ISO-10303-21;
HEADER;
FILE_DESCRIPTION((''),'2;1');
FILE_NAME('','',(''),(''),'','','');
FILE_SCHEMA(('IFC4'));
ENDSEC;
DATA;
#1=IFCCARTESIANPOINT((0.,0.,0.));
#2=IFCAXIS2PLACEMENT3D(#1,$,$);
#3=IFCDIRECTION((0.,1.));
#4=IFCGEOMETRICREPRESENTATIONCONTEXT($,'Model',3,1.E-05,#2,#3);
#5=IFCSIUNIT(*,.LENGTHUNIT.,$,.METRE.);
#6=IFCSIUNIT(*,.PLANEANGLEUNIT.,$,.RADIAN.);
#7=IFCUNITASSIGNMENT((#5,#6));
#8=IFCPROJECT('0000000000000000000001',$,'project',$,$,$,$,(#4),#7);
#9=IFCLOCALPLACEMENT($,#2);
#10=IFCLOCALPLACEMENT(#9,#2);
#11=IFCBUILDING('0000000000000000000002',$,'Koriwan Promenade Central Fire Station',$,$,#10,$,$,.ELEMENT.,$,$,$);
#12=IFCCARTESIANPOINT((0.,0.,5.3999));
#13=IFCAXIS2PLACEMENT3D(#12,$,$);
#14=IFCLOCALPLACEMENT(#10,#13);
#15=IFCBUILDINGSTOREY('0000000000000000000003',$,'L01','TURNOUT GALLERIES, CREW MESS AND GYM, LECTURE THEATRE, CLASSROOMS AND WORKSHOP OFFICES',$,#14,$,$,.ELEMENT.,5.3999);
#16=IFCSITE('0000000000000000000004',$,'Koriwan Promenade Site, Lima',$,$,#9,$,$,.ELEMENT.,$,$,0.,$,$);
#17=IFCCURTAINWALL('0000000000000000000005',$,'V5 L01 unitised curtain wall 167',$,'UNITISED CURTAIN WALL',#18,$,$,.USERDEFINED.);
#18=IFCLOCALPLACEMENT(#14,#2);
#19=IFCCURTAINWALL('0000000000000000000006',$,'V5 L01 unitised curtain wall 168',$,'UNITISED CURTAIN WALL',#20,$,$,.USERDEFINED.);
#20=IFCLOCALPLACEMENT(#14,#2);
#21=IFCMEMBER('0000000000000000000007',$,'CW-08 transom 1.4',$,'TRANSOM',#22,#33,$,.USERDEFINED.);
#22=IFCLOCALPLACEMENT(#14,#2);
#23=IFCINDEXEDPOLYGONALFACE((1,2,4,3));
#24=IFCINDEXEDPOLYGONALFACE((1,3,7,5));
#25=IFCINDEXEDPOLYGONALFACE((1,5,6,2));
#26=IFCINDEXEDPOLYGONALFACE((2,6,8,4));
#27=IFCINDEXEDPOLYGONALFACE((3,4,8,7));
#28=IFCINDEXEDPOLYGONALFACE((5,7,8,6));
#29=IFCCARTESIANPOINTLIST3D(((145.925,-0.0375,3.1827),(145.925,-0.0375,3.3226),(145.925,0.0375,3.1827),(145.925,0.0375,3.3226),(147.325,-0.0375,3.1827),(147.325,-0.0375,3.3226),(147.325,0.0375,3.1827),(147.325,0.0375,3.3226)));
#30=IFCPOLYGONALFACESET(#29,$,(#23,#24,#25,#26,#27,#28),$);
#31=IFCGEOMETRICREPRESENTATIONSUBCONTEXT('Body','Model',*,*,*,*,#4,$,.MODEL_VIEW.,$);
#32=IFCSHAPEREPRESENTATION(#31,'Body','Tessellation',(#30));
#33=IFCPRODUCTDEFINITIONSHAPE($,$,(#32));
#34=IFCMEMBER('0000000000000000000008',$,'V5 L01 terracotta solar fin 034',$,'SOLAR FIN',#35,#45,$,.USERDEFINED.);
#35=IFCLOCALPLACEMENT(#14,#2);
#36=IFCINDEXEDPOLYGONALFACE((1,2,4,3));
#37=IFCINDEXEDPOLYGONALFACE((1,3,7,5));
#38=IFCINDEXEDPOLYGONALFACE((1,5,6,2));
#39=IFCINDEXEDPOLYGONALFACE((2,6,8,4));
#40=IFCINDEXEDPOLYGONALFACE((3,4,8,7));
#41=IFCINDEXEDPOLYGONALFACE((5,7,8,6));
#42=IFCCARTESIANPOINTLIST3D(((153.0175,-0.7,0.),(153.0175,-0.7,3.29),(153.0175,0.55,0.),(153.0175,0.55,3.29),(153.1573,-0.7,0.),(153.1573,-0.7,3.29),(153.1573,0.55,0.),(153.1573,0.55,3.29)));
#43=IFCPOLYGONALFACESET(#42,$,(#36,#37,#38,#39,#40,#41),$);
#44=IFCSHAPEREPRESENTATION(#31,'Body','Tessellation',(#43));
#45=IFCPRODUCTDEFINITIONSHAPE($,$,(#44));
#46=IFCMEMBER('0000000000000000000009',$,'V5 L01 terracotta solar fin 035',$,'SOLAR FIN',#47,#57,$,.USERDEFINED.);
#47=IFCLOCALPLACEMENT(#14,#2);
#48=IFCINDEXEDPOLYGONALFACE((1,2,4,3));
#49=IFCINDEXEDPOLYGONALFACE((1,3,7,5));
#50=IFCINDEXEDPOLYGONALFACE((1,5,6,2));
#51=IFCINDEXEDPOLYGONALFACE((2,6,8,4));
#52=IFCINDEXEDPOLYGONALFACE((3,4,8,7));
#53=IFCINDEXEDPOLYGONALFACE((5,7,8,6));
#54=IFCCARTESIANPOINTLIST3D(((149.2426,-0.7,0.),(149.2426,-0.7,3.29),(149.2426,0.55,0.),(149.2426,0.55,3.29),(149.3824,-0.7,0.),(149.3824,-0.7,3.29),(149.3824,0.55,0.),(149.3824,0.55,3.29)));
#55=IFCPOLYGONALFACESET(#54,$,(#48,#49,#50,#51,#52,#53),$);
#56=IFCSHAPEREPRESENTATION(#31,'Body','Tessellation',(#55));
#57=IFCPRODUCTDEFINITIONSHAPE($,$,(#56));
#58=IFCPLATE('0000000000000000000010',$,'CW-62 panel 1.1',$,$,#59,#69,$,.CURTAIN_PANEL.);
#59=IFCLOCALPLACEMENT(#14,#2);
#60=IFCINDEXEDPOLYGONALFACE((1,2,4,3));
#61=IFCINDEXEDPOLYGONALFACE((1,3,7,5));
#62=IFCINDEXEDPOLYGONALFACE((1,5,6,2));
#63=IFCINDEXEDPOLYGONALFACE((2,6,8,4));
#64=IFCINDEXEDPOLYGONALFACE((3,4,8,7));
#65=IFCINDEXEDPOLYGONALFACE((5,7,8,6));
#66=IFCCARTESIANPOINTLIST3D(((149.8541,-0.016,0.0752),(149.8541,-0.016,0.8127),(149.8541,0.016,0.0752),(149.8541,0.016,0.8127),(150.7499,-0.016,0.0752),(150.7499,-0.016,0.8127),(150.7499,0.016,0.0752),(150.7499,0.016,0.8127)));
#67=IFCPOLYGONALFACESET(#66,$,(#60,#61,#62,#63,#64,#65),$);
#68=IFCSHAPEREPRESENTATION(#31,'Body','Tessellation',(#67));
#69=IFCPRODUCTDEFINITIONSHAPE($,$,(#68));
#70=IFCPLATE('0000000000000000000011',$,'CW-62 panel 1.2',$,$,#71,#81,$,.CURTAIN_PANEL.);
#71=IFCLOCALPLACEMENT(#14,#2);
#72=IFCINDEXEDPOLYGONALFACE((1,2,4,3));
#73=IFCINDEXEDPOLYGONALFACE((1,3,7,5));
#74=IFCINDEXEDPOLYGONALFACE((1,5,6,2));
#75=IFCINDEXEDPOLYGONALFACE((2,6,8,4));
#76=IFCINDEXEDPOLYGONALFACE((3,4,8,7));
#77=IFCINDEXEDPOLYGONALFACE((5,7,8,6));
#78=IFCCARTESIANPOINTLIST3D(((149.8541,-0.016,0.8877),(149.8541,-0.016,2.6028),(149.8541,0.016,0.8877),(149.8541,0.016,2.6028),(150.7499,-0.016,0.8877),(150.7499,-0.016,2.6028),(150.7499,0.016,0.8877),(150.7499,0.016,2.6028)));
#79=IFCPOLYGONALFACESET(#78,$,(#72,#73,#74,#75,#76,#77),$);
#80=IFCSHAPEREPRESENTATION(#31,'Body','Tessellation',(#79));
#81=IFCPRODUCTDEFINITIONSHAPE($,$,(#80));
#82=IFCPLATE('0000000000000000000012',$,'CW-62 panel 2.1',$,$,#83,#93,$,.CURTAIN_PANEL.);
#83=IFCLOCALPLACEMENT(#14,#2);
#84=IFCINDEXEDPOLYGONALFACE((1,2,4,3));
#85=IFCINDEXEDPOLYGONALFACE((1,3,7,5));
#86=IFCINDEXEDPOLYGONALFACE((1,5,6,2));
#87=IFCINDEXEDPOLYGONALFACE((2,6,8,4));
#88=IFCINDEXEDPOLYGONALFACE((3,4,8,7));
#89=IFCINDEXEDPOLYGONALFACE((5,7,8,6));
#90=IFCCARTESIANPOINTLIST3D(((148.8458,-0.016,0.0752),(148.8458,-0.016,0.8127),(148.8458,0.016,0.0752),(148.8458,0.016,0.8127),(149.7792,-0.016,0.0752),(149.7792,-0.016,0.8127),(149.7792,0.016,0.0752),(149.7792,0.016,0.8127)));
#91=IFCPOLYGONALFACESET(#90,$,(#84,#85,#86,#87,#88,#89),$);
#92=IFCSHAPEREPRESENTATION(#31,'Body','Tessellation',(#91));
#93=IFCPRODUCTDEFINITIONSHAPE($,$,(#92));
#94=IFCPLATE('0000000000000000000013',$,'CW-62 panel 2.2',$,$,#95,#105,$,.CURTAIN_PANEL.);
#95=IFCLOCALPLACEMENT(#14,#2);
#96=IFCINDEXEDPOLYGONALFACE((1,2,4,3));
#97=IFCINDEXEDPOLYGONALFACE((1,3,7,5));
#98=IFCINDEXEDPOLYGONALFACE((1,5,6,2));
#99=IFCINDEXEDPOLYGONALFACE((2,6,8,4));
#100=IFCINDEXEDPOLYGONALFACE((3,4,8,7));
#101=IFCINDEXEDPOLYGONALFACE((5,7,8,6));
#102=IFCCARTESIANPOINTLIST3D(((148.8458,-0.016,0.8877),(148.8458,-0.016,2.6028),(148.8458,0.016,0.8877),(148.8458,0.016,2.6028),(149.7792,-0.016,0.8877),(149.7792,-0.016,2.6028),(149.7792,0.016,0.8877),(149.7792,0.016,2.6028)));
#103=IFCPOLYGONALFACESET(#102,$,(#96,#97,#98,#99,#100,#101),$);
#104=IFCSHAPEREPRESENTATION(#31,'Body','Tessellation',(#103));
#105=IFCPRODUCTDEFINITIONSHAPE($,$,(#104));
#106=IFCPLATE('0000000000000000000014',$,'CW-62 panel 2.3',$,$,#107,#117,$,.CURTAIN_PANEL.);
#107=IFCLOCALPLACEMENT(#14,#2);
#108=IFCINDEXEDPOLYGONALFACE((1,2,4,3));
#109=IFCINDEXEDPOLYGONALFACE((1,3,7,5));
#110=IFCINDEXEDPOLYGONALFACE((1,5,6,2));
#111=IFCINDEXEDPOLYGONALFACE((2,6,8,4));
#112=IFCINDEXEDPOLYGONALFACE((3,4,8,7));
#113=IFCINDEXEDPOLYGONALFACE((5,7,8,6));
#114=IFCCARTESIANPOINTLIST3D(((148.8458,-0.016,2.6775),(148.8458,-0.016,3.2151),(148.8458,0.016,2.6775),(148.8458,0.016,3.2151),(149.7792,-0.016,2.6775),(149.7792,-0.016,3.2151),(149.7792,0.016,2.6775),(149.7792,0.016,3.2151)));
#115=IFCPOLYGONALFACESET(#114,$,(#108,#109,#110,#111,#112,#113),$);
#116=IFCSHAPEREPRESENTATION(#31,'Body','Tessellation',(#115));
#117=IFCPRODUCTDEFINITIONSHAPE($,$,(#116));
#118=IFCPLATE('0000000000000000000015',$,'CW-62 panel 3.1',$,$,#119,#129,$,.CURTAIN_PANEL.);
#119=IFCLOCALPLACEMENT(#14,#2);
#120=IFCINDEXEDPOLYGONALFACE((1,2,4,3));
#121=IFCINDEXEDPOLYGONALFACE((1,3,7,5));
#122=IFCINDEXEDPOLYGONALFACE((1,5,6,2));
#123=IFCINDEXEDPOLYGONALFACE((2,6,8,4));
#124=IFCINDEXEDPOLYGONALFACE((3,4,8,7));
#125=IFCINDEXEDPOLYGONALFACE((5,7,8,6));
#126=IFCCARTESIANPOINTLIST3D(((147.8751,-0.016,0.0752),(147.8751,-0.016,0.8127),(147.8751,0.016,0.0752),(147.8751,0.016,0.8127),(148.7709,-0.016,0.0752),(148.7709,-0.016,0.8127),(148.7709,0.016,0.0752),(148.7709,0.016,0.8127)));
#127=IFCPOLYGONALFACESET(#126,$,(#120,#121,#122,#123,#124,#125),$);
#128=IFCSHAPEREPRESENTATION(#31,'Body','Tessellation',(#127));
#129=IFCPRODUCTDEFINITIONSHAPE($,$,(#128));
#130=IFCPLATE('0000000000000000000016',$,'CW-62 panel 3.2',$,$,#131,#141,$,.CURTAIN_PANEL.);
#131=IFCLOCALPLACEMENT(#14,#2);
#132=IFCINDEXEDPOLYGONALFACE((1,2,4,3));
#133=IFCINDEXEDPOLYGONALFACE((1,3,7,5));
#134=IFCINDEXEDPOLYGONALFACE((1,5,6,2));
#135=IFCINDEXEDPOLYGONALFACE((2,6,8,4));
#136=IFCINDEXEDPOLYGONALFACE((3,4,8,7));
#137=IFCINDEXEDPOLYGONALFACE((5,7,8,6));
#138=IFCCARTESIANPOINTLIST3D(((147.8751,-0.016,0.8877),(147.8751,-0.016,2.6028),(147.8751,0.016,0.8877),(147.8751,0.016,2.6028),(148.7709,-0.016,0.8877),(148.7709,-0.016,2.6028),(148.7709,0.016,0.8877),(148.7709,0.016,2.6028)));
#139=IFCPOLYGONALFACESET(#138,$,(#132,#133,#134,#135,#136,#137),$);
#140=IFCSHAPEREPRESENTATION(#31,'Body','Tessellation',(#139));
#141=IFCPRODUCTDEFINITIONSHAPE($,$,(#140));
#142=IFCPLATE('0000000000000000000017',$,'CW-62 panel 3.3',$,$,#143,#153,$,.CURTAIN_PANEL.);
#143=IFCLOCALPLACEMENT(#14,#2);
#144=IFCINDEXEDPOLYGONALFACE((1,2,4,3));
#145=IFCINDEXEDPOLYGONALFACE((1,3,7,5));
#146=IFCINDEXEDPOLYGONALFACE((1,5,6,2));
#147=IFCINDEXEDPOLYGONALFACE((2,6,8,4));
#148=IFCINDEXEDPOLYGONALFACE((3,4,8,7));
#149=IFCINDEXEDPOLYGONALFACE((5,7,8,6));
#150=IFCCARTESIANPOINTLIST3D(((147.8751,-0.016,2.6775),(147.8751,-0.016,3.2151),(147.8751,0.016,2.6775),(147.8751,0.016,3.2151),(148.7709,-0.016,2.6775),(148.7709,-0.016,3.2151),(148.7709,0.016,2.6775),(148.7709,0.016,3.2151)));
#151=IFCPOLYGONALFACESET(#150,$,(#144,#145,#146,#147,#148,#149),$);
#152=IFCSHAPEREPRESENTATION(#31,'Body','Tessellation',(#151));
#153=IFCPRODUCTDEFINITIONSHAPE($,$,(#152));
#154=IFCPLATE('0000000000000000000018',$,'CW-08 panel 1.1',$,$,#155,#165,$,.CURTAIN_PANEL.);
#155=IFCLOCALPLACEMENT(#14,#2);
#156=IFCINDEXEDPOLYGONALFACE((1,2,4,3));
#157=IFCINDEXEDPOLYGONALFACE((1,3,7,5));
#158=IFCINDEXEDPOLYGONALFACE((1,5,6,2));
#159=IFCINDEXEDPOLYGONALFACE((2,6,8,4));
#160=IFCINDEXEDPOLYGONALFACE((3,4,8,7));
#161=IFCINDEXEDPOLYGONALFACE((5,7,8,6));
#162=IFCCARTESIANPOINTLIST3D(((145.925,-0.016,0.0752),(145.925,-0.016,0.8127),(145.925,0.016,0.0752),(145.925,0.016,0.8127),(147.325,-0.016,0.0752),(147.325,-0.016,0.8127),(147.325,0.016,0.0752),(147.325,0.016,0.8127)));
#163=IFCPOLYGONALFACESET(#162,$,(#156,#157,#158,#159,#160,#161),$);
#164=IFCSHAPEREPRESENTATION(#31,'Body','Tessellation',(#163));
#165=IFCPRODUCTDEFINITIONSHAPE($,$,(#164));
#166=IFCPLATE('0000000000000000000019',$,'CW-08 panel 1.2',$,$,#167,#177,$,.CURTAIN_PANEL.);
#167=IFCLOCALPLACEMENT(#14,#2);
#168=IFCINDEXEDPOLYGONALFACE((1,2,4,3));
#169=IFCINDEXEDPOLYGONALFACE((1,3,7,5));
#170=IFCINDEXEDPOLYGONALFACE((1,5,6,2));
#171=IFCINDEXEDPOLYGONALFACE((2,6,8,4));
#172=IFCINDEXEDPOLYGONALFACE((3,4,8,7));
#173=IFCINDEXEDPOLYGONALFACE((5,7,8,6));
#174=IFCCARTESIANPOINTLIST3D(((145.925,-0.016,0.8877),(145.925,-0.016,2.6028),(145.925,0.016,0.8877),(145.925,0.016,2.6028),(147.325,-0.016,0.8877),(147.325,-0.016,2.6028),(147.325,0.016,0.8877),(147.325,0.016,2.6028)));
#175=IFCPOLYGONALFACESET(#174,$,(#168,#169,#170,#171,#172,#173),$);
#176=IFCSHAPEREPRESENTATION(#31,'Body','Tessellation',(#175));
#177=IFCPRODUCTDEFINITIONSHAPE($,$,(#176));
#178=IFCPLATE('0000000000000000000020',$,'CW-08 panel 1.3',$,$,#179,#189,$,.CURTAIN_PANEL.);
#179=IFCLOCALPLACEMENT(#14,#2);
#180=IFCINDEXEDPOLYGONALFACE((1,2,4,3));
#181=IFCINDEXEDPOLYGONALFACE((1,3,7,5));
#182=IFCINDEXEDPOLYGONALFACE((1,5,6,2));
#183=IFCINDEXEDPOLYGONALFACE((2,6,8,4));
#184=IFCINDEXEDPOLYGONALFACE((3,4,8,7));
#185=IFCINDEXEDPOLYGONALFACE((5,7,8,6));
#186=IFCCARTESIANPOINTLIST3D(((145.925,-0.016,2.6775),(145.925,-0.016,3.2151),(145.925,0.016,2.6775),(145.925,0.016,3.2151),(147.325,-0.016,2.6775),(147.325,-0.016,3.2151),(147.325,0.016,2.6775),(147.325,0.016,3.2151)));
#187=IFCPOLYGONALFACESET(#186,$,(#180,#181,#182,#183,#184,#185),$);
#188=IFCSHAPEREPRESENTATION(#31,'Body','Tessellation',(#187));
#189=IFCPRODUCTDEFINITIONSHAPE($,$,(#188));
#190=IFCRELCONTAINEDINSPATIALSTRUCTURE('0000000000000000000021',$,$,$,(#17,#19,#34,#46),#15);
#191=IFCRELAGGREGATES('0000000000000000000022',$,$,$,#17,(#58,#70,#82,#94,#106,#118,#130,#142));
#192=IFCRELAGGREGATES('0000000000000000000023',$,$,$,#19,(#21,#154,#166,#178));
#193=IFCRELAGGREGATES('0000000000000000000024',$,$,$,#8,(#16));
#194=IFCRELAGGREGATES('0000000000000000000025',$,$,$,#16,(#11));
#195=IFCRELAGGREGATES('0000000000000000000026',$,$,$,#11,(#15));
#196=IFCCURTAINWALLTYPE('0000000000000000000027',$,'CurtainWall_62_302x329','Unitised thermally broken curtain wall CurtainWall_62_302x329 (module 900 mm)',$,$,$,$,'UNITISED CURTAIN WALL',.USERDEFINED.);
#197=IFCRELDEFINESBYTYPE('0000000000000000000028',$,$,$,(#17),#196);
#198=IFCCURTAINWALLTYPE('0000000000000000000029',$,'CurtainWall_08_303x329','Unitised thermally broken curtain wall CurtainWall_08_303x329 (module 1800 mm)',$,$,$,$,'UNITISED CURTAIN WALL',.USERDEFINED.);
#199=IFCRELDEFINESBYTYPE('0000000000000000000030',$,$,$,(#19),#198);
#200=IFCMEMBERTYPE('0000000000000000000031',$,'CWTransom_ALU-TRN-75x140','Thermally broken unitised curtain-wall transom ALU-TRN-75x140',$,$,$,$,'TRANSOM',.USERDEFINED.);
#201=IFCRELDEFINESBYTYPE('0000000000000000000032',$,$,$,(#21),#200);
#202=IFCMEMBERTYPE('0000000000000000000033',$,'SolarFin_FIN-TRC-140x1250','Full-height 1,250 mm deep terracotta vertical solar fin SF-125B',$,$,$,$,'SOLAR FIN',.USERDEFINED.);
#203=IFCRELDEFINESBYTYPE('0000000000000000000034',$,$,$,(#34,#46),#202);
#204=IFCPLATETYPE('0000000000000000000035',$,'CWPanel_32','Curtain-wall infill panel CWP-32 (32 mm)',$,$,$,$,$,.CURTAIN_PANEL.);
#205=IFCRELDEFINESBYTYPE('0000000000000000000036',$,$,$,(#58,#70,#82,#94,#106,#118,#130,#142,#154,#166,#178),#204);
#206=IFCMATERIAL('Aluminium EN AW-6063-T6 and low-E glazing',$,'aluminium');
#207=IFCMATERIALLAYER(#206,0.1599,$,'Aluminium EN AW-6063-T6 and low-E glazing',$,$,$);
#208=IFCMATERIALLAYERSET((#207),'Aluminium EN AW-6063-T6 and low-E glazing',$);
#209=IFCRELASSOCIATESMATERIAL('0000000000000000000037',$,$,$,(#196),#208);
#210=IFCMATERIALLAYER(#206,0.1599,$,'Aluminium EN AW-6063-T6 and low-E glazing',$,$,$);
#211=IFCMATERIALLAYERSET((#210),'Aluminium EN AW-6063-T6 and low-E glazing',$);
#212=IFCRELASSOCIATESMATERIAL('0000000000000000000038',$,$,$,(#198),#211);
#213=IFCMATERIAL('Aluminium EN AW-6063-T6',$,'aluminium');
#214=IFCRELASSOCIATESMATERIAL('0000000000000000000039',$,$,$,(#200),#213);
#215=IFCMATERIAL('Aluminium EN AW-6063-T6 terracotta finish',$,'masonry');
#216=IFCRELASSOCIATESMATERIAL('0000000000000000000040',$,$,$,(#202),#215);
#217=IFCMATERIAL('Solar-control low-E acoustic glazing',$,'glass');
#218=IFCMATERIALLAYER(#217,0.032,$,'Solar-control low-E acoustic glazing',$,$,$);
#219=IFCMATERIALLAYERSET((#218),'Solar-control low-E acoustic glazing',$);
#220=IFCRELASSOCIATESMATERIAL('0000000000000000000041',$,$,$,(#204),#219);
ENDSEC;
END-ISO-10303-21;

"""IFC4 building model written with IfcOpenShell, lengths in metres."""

from ifc_helpers import new_model, si_unit, direction, frame, origin, origin_2d, place, context, subcontext, project, spatial, rectangle, extrude, material, layer, layer_set, material_profile, profile_set, type_object, element, aggregate, save


model = new_model("IFC4")

# Units and contexts
model_context = context("Model", 3, precision=1e-05, world=origin(), true_north=direction((0.0, 1.0)))
body_context = subcontext(model_context, "Body", "Model", "MODEL_VIEW")
ifc_project = project(units=[si_unit("LENGTHUNIT", "METRE"), si_unit("PLANEANGLEUNIT", "RADIAN")], contexts=[model_context])

# Site, building, storey
site_placement = place(None, origin())
site = spatial("IfcSite", under=ifc_project, at=site_placement, Name="Koriwan Promenade Site, Lima", CompositionType="ELEMENT", RefElevation=0.0)
building_placement = place(site_placement, origin())
building = spatial("IfcBuilding", under=site, at=building_placement, Name="Koriwan Promenade Central Fire Station", CompositionType="ELEMENT")
storey_placement = place(building_placement, frame((0.0, 0.0, 5.3999)))
storey = spatial("IfcBuildingStorey", under=building, at=storey_placement, Name="L01", Description="TURNOUT GALLERIES, CREW MESS AND GYM, LECTURE THEATRE, CLASSROOMS AND WORKSHOP OFFICES", CompositionType="ELEMENT", Elevation=5.3999)

# Curtain wall
ifc_material_1 = material(Name="Aluminium EN AW-6063-T6 and low-E glazing", Category="aluminium")
ifc_layer_1 = layer(ifc_material_1, 0.1599, Name="Aluminium EN AW-6063-T6 and low-E glazing")
ifc_layer_set_1 = layer_set([ifc_layer_1], Name="Aluminium EN AW-6063-T6 and low-E glazing")
curtain_wall_type_1 = type_object("IfcCurtainWallType", Name="CurtainWall_62_302x329", Description="Unitised thermally broken curtain wall CurtainWall_62_302x329 (module 900 mm)", ElementType="UNITISED CURTAIN WALL", PredefinedType="USERDEFINED", material=ifc_layer_set_1)
curtain_wall_1_placement = place(storey_placement, origin())
curtain_wall_1 = element("IfcCurtainWall", 1, at=curtain_wall_1_placement, inside=storey, type_object=curtain_wall_type_1, Name="V5 L01 unitised curtain wall 167", ObjectType="UNITISED CURTAIN WALL", PredefinedType="USERDEFINED")
ifc_material_2 = material(Name="Aluminium EN AW-6063-T6", Category="aluminium")

# Curtain wall
ifc_layer_2 = layer(ifc_material_1, 0.1599, Name="Aluminium EN AW-6063-T6 and low-E glazing")
ifc_layer_set_2 = layer_set([ifc_layer_2], Name="Aluminium EN AW-6063-T6 and low-E glazing")
curtain_wall_type_2 = type_object("IfcCurtainWallType", Name="CurtainWall_08_303x329", Description="Unitised thermally broken curtain wall CurtainWall_08_303x329 (module 1800 mm)", ElementType="UNITISED CURTAIN WALL", PredefinedType="USERDEFINED", material=ifc_layer_set_2)
curtain_wall_2_placement = place(storey_placement, origin())
curtain_wall_2 = element("IfcCurtainWall", 2, at=curtain_wall_2_placement, inside=storey, type_object=curtain_wall_type_2, Name="V5 L01 unitised curtain wall 168", ObjectType="UNITISED CURTAIN WALL", PredefinedType="USERDEFINED")

# Member
ifc_material_profile_1 = material_profile(ifc_material_2, rectangle(XDim=0.075, YDim=0.1399, at=origin_2d()), Name="ALU-TRN-75x140")
ifc_profile_set_1 = profile_set([ifc_material_profile_1], Name="Aluminium EN AW-6063-T6")
member_type_1 = type_object("IfcMemberType", Name="CWTransom_ALU-TRN-75x140", Description="Thermally broken unitised curtain-wall transom ALU-TRN-75x140", ElementType="TRANSOM", PredefinedType="USERDEFINED", material=ifc_profile_set_1)
member_1_placement = place(storey_placement, frame((147.325, 0.0, 3.2527), z_axis=(-1.0, 0.0, 0.0), x_axis=(0.0, -1.0, 0.0)))
member_1 = element("IfcMember", 3, at=member_1_placement, type_object=member_type_1, Name="CW-08 transom 1.4", ObjectType="TRANSOM", PredefinedType="USERDEFINED", context=body_context, shape_type="SweptSolid", body=[
    extrude(rectangle(XDim=0.075, YDim=0.1399, at=origin_2d()), origin(), (0.0, 0.0, 1.0), 1.3999),
])

# Members
ifc_material_3 = material(Name="Aluminium EN AW-6063-T6 terracotta finish", Category="masonry")
ifc_material_profile_2 = material_profile(ifc_material_3, rectangle(XDim=0.1399, YDim=1.25, at=origin_2d()), Name="FIN-TRC-140x1250")
ifc_profile_set_2 = profile_set([ifc_material_profile_2], Name="Aluminium EN AW-6063-T6 terracotta finish")
member_type_2 = type_object("IfcMemberType", Name="SolarFin_FIN-TRC-140x1250", Description="Full-height 1,250 mm deep terracotta vertical solar fin SF-125B", ElementType="SOLAR FIN", PredefinedType="USERDEFINED", material=ifc_profile_set_2)
for number, where, z_axis, x_axis, name in (
    (4, (153.0874, -0.075, 0.0), (0.0, 0.0, 1.0), (-1.0, 0.0, 0.0), "V5 L01 terracotta solar fin 034"),
    (5, (149.3125, -0.075, 0.0), (0.0, 0.0, 1.0), (-1.0, 0.0, 0.0), "V5 L01 terracotta solar fin 035"),
):
    element("IfcMember", number, at=place(storey_placement, frame(where, z_axis=z_axis, x_axis=x_axis)), inside=storey, type_object=member_type_2, Name=name, ObjectType="SOLAR FIN", PredefinedType="USERDEFINED", context=body_context, shape_type="SweptSolid", body=[
        extrude(rectangle(XDim=0.1399, YDim=1.25, at=origin_2d()), origin(), (0.0, 0.0, 1.0), 3.29),
    ])

# Plates
ifc_material_4 = material(Name="Solar-control low-E acoustic glazing", Category="glass")
ifc_layer_3 = layer(ifc_material_4, 0.032, Name="Solar-control low-E acoustic glazing")
ifc_layer_set_3 = layer_set([ifc_layer_3], Name="Solar-control low-E acoustic glazing")
plate_type = type_object("IfcPlateType", Name="CWPanel_32", Description="Curtain-wall infill panel CWP-32 (32 mm)", PredefinedType="CURTAIN_PANEL", material=ifc_layer_set_3)
plate_1_placement = place(storey_placement, frame((150.302, 0.0, 0.0752), z_axis=(0.0, 0.0, 1.0), x_axis=(-1.0, 0.0, 0.0)))
plate_1 = element("IfcPlate", 6, at=plate_1_placement, type_object=plate_type, Name="CW-62 panel 1.1", PredefinedType="CURTAIN_PANEL", context=body_context, shape_type="SweptSolid", body=[
    extrude(rectangle(XDim=0.8958, YDim=0.032, at=origin_2d()), origin(), (0.0, 0.0, 1.0), 0.7375),
])
plate_2_placement = place(storey_placement, frame((150.302, 0.0, 0.8877), z_axis=(0.0, 0.0, 1.0), x_axis=(-1.0, 0.0, 0.0)))
plate_2 = element("IfcPlate", 7, at=plate_2_placement, type_object=plate_type, Name="CW-62 panel 1.2", PredefinedType="CURTAIN_PANEL", context=body_context, shape_type="SweptSolid", body=[
    extrude(rectangle(XDim=0.8958, YDim=0.032, at=origin_2d()), origin(), (0.0, 0.0, 1.0), 1.7151),
])
plate_3_placement = place(storey_placement, frame((149.3125, 0.0, 0.0752), z_axis=(0.0, 0.0, 1.0), x_axis=(-1.0, 0.0, 0.0)))
plate_3 = element("IfcPlate", 8, at=plate_3_placement, type_object=plate_type, Name="CW-62 panel 2.1", PredefinedType="CURTAIN_PANEL", context=body_context, shape_type="SweptSolid", body=[
    extrude(rectangle(XDim=0.9333, YDim=0.032, at=origin_2d()), origin(), (0.0, 0.0, 1.0), 0.7375),
])
plate_4_placement = place(storey_placement, frame((149.3125, 0.0, 0.8877), z_axis=(0.0, 0.0, 1.0), x_axis=(-1.0, 0.0, 0.0)))
plate_4 = element("IfcPlate", 9, at=plate_4_placement, type_object=plate_type, Name="CW-62 panel 2.2", PredefinedType="CURTAIN_PANEL", context=body_context, shape_type="SweptSolid", body=[
    extrude(rectangle(XDim=0.9333, YDim=0.032, at=origin_2d()), origin(), (0.0, 0.0, 1.0), 1.7151),
])
plate_5_placement = place(storey_placement, frame((149.3125, 0.0, 2.6775), z_axis=(0.0, 0.0, 1.0), x_axis=(-1.0, 0.0, 0.0)))
plate_5 = element("IfcPlate", 10, at=plate_5_placement, type_object=plate_type, Name="CW-62 panel 2.3", PredefinedType="CURTAIN_PANEL", context=body_context, shape_type="SweptSolid", body=[
    extrude(rectangle(XDim=0.9333, YDim=0.032, at=origin_2d()), origin(), (0.0, 0.0, 1.0), 0.5376),
])
plate_6_placement = place(storey_placement, frame((148.323, 0.0, 0.0752), z_axis=(0.0, 0.0, 1.0), x_axis=(-1.0, 0.0, 0.0)))
plate_6 = element("IfcPlate", 11, at=plate_6_placement, type_object=plate_type, Name="CW-62 panel 3.1", PredefinedType="CURTAIN_PANEL", context=body_context, shape_type="SweptSolid", body=[
    extrude(rectangle(XDim=0.8958, YDim=0.032, at=origin_2d()), origin(), (0.0, 0.0, 1.0), 0.7375),
])
plate_7_placement = place(storey_placement, frame((148.323, 0.0, 0.8877), z_axis=(0.0, 0.0, 1.0), x_axis=(-1.0, 0.0, 0.0)))
plate_7 = element("IfcPlate", 12, at=plate_7_placement, type_object=plate_type, Name="CW-62 panel 3.2", PredefinedType="CURTAIN_PANEL", context=body_context, shape_type="SweptSolid", body=[
    extrude(rectangle(XDim=0.8958, YDim=0.032, at=origin_2d()), origin(), (0.0, 0.0, 1.0), 1.7151),
])
plate_8_placement = place(storey_placement, frame((148.323, 0.0, 2.6775), z_axis=(0.0, 0.0, 1.0), x_axis=(-1.0, 0.0, 0.0)))
plate_8 = element("IfcPlate", 13, at=plate_8_placement, type_object=plate_type, Name="CW-62 panel 3.3", PredefinedType="CURTAIN_PANEL", context=body_context, shape_type="SweptSolid", body=[
    extrude(rectangle(XDim=0.8958, YDim=0.032, at=origin_2d()), origin(), (0.0, 0.0, 1.0), 0.5376),
])
aggregate(curtain_wall_1, [plate_1, plate_2, plate_3, plate_4, plate_5, plate_6, plate_7, plate_8])
plate_9_placement = place(storey_placement, frame((146.625, 0.0, 0.0752), z_axis=(0.0, 0.0, 1.0), x_axis=(-1.0, 0.0, 0.0)))
plate_9 = element("IfcPlate", 14, at=plate_9_placement, type_object=plate_type, Name="CW-08 panel 1.1", PredefinedType="CURTAIN_PANEL", context=body_context, shape_type="SweptSolid", body=[
    extrude(rectangle(XDim=1.3999, YDim=0.032, at=origin_2d()), origin(), (0.0, 0.0, 1.0), 0.7375),
])
plate_10_placement = place(storey_placement, frame((146.625, 0.0, 0.8877), z_axis=(0.0, 0.0, 1.0), x_axis=(-1.0, 0.0, 0.0)))
plate_10 = element("IfcPlate", 15, at=plate_10_placement, type_object=plate_type, Name="CW-08 panel 1.2", PredefinedType="CURTAIN_PANEL", context=body_context, shape_type="SweptSolid", body=[
    extrude(rectangle(XDim=1.3999, YDim=0.032, at=origin_2d()), origin(), (0.0, 0.0, 1.0), 1.7151),
])
plate_11_placement = place(storey_placement, frame((146.625, 0.0, 2.6775), z_axis=(0.0, 0.0, 1.0), x_axis=(-1.0, 0.0, 0.0)))
plate_11 = element("IfcPlate", 16, at=plate_11_placement, type_object=plate_type, Name="CW-08 panel 1.3", PredefinedType="CURTAIN_PANEL", context=body_context, shape_type="SweptSolid", body=[
    extrude(rectangle(XDim=1.3999, YDim=0.032, at=origin_2d()), origin(), (0.0, 0.0, 1.0), 0.5376),
])
aggregate(curtain_wall_2, [member_1, plate_9, plate_10, plate_11])

save(model, "model.ifc")
